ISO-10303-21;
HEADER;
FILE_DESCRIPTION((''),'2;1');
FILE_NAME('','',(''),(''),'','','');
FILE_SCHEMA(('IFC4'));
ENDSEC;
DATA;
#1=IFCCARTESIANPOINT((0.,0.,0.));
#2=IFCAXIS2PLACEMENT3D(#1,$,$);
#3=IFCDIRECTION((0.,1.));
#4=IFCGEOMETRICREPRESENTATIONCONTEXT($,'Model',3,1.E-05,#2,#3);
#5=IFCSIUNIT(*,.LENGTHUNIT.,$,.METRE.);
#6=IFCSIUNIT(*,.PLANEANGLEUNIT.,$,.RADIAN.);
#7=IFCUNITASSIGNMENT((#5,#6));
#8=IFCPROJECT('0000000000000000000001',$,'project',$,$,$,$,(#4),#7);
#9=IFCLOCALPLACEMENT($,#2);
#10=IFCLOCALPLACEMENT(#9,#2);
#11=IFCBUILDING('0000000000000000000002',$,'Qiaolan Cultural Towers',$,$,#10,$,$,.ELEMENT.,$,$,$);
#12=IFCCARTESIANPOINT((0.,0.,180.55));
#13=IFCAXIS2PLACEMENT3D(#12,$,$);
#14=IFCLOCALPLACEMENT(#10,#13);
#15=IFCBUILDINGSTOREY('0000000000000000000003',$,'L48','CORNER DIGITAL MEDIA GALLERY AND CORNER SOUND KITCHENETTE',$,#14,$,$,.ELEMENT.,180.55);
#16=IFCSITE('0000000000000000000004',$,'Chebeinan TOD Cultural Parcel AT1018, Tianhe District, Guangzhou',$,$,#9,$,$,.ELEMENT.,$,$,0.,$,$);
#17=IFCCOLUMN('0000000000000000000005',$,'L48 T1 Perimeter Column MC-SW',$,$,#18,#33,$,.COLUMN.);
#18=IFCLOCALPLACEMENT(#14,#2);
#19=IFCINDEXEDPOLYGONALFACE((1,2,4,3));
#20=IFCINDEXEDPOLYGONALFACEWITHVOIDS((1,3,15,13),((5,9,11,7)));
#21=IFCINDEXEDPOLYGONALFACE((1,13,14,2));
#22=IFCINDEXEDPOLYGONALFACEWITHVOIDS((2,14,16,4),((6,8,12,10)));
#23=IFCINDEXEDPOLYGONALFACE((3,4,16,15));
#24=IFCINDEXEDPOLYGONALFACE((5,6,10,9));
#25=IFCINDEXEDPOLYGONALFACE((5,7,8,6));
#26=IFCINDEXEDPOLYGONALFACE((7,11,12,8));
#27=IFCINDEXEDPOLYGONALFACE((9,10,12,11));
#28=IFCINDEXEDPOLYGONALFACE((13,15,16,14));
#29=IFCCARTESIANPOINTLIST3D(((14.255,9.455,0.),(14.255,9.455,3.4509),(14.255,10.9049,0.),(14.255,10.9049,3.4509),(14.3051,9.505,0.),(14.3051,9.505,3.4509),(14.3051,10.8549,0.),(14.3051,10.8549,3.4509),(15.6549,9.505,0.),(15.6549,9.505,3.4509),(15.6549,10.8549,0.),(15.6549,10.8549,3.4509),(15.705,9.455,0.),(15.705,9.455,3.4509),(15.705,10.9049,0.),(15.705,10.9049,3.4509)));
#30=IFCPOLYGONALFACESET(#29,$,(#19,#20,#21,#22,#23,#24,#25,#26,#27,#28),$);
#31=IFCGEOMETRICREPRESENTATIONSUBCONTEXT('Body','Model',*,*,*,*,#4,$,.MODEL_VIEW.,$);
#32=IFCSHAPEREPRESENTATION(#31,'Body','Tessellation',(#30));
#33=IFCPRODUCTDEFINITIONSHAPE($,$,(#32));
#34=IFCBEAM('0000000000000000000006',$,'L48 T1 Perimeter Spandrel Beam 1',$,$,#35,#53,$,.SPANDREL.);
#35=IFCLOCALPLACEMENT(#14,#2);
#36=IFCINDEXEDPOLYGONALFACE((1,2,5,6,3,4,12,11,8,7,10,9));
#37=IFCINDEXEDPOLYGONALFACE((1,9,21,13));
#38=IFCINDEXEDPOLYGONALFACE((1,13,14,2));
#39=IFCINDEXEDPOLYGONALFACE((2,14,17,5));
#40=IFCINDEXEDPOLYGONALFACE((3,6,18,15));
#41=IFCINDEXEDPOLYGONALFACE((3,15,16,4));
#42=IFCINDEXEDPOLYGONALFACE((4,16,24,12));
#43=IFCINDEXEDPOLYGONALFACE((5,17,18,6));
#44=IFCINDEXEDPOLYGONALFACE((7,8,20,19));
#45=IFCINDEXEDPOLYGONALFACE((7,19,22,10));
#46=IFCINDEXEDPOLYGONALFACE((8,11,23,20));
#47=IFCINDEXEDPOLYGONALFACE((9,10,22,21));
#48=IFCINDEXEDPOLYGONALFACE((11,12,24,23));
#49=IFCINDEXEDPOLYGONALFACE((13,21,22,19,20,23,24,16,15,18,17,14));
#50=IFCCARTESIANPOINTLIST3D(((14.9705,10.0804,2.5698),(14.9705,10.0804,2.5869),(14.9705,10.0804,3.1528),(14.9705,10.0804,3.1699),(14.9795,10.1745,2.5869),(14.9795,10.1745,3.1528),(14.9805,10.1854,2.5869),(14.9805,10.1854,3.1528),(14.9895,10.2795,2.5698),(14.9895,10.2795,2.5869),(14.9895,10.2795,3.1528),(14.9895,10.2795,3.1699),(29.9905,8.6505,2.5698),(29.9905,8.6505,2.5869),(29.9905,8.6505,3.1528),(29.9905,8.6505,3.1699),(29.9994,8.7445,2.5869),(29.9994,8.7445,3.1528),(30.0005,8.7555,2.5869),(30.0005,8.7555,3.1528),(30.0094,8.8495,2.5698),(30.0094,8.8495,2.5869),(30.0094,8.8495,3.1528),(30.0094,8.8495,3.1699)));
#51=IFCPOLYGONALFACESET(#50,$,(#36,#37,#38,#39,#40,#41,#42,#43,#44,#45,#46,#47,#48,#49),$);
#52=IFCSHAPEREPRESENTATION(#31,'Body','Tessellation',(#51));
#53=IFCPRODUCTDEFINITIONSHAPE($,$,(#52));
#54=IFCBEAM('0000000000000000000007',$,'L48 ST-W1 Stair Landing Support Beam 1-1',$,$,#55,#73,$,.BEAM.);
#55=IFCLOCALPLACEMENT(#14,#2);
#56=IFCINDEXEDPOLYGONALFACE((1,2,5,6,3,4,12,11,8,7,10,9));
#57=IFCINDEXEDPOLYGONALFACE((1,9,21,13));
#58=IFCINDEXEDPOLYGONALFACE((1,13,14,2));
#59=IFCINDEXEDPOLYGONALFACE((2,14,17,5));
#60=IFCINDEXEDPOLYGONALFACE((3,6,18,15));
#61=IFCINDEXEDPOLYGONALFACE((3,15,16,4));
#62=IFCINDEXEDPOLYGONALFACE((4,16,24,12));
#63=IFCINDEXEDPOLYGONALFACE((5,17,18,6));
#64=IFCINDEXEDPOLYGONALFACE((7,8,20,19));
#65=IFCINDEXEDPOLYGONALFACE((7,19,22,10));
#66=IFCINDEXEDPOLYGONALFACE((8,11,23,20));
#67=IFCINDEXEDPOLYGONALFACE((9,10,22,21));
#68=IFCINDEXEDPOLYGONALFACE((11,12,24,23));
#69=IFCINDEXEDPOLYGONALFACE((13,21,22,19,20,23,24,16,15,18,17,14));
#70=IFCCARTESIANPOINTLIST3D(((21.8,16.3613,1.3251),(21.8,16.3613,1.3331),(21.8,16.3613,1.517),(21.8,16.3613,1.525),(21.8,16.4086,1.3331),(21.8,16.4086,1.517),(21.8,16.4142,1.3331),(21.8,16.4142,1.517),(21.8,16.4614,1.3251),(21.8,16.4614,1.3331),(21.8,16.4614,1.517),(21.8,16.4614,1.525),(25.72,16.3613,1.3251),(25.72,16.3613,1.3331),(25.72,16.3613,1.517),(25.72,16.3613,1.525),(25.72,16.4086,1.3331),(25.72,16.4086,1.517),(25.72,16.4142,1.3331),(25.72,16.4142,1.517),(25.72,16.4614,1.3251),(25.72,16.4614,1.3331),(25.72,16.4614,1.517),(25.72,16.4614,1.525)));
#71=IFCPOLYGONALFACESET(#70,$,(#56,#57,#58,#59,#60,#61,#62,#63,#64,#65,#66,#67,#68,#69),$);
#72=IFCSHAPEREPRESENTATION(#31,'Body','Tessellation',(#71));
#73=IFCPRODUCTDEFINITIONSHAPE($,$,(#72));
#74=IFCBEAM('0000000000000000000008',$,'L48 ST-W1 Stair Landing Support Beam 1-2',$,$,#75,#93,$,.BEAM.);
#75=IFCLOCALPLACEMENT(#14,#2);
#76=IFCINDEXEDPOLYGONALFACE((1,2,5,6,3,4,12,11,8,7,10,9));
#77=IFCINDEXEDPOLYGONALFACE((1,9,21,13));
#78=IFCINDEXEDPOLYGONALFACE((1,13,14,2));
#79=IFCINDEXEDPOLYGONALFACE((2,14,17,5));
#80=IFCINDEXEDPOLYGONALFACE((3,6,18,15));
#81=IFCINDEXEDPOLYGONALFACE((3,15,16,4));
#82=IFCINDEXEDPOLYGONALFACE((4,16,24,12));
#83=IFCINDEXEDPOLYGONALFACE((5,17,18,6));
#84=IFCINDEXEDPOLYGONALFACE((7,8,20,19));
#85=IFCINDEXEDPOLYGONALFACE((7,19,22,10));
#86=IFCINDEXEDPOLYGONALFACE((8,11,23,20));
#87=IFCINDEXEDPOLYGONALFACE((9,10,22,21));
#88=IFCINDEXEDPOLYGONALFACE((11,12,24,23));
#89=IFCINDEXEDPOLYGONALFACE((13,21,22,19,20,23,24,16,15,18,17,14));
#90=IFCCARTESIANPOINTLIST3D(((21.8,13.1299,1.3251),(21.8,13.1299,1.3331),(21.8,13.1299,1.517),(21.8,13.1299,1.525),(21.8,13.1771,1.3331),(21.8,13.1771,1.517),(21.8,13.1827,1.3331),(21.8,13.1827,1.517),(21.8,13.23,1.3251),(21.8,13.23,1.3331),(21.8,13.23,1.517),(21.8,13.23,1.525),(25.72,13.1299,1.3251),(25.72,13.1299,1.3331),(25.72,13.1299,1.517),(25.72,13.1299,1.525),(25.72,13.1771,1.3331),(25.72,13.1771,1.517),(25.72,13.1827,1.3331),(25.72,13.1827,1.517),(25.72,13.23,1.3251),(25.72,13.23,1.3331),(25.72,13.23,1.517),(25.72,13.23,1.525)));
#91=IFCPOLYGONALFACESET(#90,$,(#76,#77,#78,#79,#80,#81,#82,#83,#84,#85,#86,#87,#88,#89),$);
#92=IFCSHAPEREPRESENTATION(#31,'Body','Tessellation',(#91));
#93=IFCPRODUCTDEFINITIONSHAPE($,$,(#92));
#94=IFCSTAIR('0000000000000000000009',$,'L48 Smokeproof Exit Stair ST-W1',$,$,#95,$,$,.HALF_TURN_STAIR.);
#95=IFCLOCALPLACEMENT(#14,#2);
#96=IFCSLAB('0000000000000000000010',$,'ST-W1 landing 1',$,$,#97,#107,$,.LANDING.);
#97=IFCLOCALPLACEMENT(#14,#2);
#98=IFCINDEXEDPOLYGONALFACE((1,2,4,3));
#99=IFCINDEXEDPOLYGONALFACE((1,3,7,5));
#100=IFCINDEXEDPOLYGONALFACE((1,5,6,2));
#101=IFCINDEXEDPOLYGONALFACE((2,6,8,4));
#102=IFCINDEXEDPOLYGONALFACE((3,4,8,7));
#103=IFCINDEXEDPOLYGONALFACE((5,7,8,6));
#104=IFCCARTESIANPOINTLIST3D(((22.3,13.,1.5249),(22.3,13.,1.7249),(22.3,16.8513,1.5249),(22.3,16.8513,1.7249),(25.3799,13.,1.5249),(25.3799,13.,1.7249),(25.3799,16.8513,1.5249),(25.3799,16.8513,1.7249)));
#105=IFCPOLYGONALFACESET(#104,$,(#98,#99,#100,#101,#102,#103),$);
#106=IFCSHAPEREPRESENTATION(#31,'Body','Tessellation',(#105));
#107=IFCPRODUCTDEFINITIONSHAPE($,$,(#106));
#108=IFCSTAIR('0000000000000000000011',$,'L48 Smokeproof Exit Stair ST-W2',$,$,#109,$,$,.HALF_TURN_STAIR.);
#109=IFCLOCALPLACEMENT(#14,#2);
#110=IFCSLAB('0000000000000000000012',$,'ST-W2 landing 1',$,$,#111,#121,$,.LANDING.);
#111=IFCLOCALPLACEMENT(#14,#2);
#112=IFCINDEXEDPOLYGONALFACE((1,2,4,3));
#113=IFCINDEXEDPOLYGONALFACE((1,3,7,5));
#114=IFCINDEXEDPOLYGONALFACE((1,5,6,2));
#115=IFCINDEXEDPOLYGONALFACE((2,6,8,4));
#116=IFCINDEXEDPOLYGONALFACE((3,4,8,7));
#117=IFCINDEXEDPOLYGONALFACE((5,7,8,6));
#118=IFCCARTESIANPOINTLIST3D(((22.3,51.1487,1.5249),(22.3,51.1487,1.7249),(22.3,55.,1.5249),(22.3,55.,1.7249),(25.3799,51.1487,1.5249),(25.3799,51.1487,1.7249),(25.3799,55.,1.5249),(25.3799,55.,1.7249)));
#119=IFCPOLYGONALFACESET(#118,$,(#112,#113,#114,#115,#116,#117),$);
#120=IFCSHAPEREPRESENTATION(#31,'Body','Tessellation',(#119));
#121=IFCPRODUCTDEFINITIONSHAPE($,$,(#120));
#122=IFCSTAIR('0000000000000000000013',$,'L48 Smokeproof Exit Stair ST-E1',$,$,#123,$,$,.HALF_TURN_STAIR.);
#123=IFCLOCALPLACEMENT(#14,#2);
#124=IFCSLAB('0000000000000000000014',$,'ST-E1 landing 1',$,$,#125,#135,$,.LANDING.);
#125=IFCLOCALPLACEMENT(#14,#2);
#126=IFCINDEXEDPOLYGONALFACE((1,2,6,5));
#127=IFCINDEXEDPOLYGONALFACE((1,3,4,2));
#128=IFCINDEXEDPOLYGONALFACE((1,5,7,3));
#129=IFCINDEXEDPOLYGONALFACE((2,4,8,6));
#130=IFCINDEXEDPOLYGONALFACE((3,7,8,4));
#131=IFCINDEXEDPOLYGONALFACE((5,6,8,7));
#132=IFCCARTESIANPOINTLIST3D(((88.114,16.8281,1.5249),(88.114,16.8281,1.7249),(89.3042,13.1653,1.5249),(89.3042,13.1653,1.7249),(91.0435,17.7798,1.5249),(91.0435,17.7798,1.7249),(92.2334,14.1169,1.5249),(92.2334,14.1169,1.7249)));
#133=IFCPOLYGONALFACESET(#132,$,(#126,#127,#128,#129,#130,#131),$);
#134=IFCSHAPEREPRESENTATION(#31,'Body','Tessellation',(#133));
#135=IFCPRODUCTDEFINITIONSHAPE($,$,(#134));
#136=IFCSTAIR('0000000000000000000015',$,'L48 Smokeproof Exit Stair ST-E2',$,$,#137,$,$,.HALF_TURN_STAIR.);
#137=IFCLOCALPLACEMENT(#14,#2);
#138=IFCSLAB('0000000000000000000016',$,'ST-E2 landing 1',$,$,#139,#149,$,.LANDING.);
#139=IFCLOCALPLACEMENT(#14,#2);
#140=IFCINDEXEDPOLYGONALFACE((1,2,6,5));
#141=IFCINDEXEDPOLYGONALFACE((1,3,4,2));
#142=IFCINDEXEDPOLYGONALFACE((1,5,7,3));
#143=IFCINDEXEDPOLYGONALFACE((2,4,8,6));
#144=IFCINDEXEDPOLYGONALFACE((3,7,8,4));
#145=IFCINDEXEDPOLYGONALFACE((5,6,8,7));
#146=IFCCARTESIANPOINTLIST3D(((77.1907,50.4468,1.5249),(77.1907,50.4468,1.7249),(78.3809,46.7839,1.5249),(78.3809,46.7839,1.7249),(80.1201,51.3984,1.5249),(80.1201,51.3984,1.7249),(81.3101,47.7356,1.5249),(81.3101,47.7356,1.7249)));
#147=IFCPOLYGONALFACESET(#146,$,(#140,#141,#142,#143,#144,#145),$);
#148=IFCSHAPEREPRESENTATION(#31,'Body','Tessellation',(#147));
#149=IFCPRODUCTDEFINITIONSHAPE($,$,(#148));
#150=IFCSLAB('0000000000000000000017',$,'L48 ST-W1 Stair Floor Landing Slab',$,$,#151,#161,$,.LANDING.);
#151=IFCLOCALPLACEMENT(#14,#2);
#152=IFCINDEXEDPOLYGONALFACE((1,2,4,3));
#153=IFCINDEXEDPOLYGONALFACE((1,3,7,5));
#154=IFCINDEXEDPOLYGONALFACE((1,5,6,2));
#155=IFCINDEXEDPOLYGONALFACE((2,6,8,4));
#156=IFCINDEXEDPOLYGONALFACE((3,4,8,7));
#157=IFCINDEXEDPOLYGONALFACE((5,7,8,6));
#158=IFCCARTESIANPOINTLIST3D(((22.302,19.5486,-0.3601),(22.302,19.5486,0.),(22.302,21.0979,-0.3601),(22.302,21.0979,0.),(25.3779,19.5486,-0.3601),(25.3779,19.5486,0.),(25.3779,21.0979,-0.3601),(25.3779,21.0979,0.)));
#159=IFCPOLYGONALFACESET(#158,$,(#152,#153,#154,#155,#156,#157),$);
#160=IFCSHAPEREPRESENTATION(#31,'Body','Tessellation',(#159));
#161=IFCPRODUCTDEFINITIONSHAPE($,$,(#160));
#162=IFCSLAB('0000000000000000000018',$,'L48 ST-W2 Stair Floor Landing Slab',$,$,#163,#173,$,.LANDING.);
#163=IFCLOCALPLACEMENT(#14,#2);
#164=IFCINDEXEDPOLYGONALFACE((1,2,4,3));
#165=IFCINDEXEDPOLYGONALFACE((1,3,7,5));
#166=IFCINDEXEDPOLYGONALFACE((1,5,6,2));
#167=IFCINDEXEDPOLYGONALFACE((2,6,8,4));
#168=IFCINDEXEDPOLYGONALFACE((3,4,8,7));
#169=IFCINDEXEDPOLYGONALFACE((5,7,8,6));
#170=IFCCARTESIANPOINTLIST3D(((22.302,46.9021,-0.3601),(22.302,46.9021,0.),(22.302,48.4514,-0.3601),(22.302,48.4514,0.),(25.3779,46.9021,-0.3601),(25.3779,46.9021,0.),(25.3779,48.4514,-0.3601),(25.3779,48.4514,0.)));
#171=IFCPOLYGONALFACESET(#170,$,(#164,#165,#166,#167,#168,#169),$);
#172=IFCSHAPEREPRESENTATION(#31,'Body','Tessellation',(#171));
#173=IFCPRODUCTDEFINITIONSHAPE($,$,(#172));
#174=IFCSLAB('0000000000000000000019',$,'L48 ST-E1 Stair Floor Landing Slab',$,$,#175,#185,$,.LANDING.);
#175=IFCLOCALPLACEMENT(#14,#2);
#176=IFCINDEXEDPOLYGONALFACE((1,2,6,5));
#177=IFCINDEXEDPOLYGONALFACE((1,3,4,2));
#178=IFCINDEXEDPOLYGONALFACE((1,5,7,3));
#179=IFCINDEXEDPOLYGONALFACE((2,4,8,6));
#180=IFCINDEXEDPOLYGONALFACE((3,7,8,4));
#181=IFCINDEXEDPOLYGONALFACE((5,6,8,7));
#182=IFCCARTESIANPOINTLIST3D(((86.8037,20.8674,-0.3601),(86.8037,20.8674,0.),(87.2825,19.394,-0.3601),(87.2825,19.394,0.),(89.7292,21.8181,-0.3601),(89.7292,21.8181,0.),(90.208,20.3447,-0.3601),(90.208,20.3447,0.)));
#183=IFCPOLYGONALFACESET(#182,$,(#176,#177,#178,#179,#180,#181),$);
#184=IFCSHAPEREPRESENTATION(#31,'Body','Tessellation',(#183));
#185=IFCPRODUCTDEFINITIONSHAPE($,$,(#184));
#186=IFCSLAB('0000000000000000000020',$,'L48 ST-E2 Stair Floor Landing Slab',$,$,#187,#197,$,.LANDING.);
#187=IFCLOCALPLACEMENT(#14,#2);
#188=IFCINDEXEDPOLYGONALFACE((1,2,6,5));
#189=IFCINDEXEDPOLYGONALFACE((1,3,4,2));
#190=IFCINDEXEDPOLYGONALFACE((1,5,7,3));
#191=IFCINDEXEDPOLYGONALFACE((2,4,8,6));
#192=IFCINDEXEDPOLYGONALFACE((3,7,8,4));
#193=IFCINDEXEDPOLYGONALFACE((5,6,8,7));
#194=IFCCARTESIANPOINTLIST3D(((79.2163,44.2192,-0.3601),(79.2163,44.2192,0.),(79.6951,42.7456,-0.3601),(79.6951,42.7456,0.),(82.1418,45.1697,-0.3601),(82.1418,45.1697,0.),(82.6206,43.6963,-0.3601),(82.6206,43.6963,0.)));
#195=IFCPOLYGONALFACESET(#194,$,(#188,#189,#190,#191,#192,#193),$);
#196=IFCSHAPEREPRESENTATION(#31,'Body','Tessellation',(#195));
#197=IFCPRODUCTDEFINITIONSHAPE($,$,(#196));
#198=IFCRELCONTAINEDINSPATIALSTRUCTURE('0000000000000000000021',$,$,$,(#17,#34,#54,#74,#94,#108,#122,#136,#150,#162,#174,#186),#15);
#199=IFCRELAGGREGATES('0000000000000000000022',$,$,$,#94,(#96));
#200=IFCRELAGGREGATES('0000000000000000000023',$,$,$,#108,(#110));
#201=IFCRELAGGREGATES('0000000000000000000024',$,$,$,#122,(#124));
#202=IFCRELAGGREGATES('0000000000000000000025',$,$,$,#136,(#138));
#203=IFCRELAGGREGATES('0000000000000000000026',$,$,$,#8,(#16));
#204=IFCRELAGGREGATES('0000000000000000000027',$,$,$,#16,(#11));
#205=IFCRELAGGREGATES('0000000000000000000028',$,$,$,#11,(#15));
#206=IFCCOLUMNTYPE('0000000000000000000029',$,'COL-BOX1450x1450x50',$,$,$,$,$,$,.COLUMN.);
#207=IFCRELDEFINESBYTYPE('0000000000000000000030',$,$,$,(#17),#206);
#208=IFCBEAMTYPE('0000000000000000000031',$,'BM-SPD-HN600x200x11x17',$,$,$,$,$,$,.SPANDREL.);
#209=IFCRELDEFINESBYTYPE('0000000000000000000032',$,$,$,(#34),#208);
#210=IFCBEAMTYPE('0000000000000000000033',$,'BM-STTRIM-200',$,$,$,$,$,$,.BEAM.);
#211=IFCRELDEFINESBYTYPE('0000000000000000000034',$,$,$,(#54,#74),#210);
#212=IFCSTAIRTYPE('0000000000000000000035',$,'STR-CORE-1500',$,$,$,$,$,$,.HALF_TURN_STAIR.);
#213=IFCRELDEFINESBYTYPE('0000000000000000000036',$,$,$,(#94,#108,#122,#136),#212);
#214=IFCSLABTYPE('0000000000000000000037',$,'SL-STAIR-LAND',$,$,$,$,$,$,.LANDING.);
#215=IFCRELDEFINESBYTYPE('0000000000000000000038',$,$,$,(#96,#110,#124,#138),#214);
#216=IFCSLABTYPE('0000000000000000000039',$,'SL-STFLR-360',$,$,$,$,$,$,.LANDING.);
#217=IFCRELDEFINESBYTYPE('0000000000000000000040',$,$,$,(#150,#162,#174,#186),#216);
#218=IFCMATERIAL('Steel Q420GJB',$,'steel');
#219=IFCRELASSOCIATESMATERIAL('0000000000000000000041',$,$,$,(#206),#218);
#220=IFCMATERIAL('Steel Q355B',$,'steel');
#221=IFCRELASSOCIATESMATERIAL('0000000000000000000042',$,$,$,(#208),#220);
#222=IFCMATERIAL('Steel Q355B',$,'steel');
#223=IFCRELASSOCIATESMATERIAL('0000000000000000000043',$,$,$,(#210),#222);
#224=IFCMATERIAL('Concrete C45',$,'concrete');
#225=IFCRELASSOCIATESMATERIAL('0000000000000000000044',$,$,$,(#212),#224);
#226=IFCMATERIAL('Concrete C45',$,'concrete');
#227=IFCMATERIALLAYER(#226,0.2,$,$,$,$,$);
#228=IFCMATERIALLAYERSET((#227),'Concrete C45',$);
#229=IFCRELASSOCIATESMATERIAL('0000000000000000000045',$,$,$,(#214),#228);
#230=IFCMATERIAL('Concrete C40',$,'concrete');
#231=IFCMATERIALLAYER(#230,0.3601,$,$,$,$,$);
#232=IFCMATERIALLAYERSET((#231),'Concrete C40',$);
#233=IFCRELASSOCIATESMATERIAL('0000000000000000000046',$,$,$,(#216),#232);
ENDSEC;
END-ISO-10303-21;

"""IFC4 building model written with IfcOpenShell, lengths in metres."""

from ifc_helpers import new_model, si_unit, direction, frame, origin, origin_2d, place, context, subcontext, project, spatial, polyline, hollow_rectangle, i_section, outline, extrude, material, layer, layer_set, material_profile, profile_set, type_object, element, aggregate, save


model = new_model("IFC4")

# Units and contexts
model_context = context("Model", 3, precision=1e-05, world=origin(), true_north=direction((0.0, 1.0)))
body_context = subcontext(model_context, "Body", "Model", "MODEL_VIEW")
ifc_project = project(units=[si_unit("LENGTHUNIT", "METRE"), si_unit("PLANEANGLEUNIT", "RADIAN")], contexts=[model_context])

# Site, building, storey
site_placement = place(None, origin())
site = spatial("IfcSite", under=ifc_project, at=site_placement, Name="Chebeinan TOD Cultural Parcel AT1018, Tianhe District, Guangzhou", CompositionType="ELEMENT", RefElevation=0.0)
building_placement = place(site_placement, origin())
building = spatial("IfcBuilding", under=site, at=building_placement, Name="Qiaolan Cultural Towers", CompositionType="ELEMENT")
storey_placement = place(building_placement, frame((0.0, 0.0, 180.55)))
storey = spatial("IfcBuildingStorey", under=building, at=storey_placement, Name="L48", Description="CORNER DIGITAL MEDIA GALLERY AND CORNER SOUND KITCHENETTE", CompositionType="ELEMENT", Elevation=180.55)

# Column
ifc_material_1 = material(Name="Steel Q420GJB", Category="steel")
ifc_material_profile_1 = material_profile(ifc_material_1, hollow_rectangle(XDim=1.45, YDim=1.45, WallThickness=0.05, at=origin_2d()), Name="BOX1450x1450x50")
ifc_profile_set_1 = profile_set([ifc_material_profile_1], Name="Steel Q420GJB")
column_type = type_object("IfcColumnType", Name="COL-BOX1450x1450x50", PredefinedType="COLUMN", material=ifc_profile_set_1)
column_placement = place(storey_placement, frame((14.98, 10.1799, 0.0), z_axis=(0.0, 0.0, 1.0), x_axis=(1.0, 0.0, 0.0)))
element("IfcColumn", 1, at=column_placement, inside=storey, type_object=column_type, Name="L48 T1 Perimeter Column MC-SW", PredefinedType="COLUMN", context=body_context, shape_type="SweptSolid", body=[
    extrude(hollow_rectangle(XDim=1.45, YDim=1.45, WallThickness=0.05, at=origin_2d()), origin(), (0.0, 0.0, 1.0), 3.4509),
])

# Beams
ifc_material_2 = material(Name="Steel Q355B", Category="steel")
ifc_material_profile_2 = material_profile(ifc_material_2, i_section(OverallWidth=0.2, OverallDepth=0.6001, WebThickness=0.011, FlangeThickness=0.0171, at=origin_2d()), Name="HN600x200x11x17")
ifc_profile_set_2 = profile_set([ifc_material_profile_2], Name="Steel Q355B")
beam_type_1 = type_object("IfcBeamType", Name="BM-SPD-HN600x200x11x17", PredefinedType="SPANDREL", material=ifc_profile_set_2)
beam_placement = place(storey_placement, frame((14.98, 10.1799, 2.8699), z_axis=(0.995499, -0.094773, 0.0), x_axis=(0.094773, 0.995499, 0.0)))
element("IfcBeam", 2, at=beam_placement, inside=storey, type_object=beam_type_1, Name="L48 T1 Perimeter Spandrel Beam 1", PredefinedType="SPANDREL", context=body_context, shape_type="SweptSolid", body=[
    extrude(i_section(OverallWidth=0.2, OverallDepth=0.6001, WebThickness=0.011, FlangeThickness=0.0171, at=origin_2d()), origin(), (0.0, 0.0, 1.0), 15.0879),
])
ifc_material_3 = material(Name="Steel Q355B", Category="steel")
ifc_material_profile_3 = material_profile(ifc_material_3, i_section(OverallWidth=0.1001, OverallDepth=0.2, WebThickness=0.0056, FlangeThickness=0.0081, at=origin_2d()), Name="HN200x100x5.5x8")
ifc_profile_set_3 = profile_set([ifc_material_profile_3], Name="Steel Q355B")
beam_type_2 = type_object("IfcBeamType", Name="BM-STTRIM-200", PredefinedType="BEAM", material=ifc_profile_set_3)
for number, where, z_axis, x_axis, name in (
    (3, (21.8, 16.4114, 1.425), (1.0, 0.0, 0.0), (0.0, 1.0, 0.0), "L48 ST-W1 Stair Landing Support Beam 1-1"),
    (4, (21.8, 13.1799, 1.425), (1.0, 0.0, 0.0), (0.0, 1.0, 0.0), "L48 ST-W1 Stair Landing Support Beam 1-2"),
):
    element("IfcBeam", number, at=place(storey_placement, frame(where, z_axis=z_axis, x_axis=x_axis)), inside=storey, type_object=beam_type_2, Name=name, PredefinedType="BEAM", context=body_context, shape_type="SweptSolid", body=[
        extrude(i_section(OverallWidth=0.1001, OverallDepth=0.2, WebThickness=0.0056, FlangeThickness=0.0081, at=origin_2d()), origin(), (0.0, 0.0, 1.0), 3.9199),
    ])

# Stairs, slabs
ifc_material_4 = material(Name="Concrete C45", Category="concrete")
stair_type = type_object("IfcStairType", Name="STR-CORE-1500", PredefinedType="HALF_TURN_STAIR", material=ifc_material_4)
stair_1_placement = place(storey_placement, origin())
stair_1 = element("IfcStair", 5, at=stair_1_placement, inside=storey, type_object=stair_type, Name="L48 Smokeproof Exit Stair ST-W1", PredefinedType="HALF_TURN_STAIR")
ifc_material_5 = material(Name="Concrete C45", Category="concrete")
ifc_layer_1 = layer(ifc_material_5, 0.2)
ifc_layer_set_1 = layer_set([ifc_layer_1], Name="Concrete C45")
slab_type_1 = type_object("IfcSlabType", Name="SL-STAIR-LAND", PredefinedType="LANDING", material=ifc_layer_set_1)
slab_1_placement = place(storey_placement, frame((0.0, 0.0, 1.5249)))
slab_1 = element("IfcSlab", 6, at=slab_1_placement, type_object=slab_type_1, Name="ST-W1 landing 1", PredefinedType="LANDING", context=body_context, shape_type="SweptSolid", body=[
    extrude(outline(polyline([(22.3, 16.8513), (22.3, 13.0), (25.3799, 13.0), (25.3799, 16.8513), (22.3, 16.8513)])), origin(), (0.0, 0.0, 1.0), 0.2),
])
aggregate(stair_1, [slab_1])
stair_2_placement = place(storey_placement, origin())
stair_2 = element("IfcStair", 7, at=stair_2_placement, inside=storey, type_object=stair_type, Name="L48 Smokeproof Exit Stair ST-W2", PredefinedType="HALF_TURN_STAIR")
slab_2_placement = place(storey_placement, frame((0.0, 0.0, 1.5249)))
slab_2 = element("IfcSlab", 8, at=slab_2_placement, type_object=slab_type_1, Name="ST-W2 landing 1", PredefinedType="LANDING", context=body_context, shape_type="SweptSolid", body=[
    extrude(outline(polyline([(25.3799, 51.1487), (25.3799, 55.0), (22.3, 55.0), (22.3, 51.1487), (25.3799, 51.1487)])), origin(), (0.0, 0.0, 1.0), 0.2),
])
aggregate(stair_2, [slab_2])
stair_3_placement = place(storey_placement, origin())
stair_3 = element("IfcStair", 9, at=stair_3_placement, inside=storey, type_object=stair_type, Name="L48 Smokeproof Exit Stair ST-E1", PredefinedType="HALF_TURN_STAIR")
slab_3_placement = place(storey_placement, frame((0.0, 0.0, 1.5249)))
slab_3 = element("IfcSlab", 10, at=slab_3_placement, type_object=slab_type_1, Name="ST-E1 landing 1", PredefinedType="LANDING", context=body_context, shape_type="SweptSolid", body=[
    extrude(outline(polyline([(88.114, 16.8281), (89.3042, 13.1653), (92.2334, 14.1169), (91.0435, 17.7798), (88.114, 16.8281)])), origin(), (0.0, 0.0, 1.0), 0.2),
])
aggregate(stair_3, [slab_3])
stair_4_placement = place(storey_placement, origin())
stair_4 = element("IfcStair", 11, at=stair_4_placement, inside=storey, type_object=stair_type, Name="L48 Smokeproof Exit Stair ST-E2", PredefinedType="HALF_TURN_STAIR")
slab_4_placement = place(storey_placement, frame((0.0, 0.0, 1.5249)))
slab_4 = element("IfcSlab", 12, at=slab_4_placement, type_object=slab_type_1, Name="ST-E2 landing 1", PredefinedType="LANDING", context=body_context, shape_type="SweptSolid", body=[
    extrude(outline(polyline([(81.3101, 47.7356), (80.1201, 51.3984), (77.1907, 50.4468), (78.3809, 46.7839), (81.3101, 47.7356)])), origin(), (0.0, 0.0, 1.0), 0.2),
])
aggregate(stair_4, [slab_4])

# Slabs
ifc_material_6 = material(Name="Concrete C40", Category="concrete")
ifc_layer_2 = layer(ifc_material_6, 0.3601)
ifc_layer_set_2 = layer_set([ifc_layer_2], Name="Concrete C40")
slab_type_2 = type_object("IfcSlabType", Name="SL-STFLR-360", PredefinedType="LANDING", material=ifc_layer_set_2)
slab_5_placement = place(storey_placement, frame((0.0, 0.0, -0.3601)))
element("IfcSlab", 13, at=slab_5_placement, inside=storey, type_object=slab_type_2, Name="L48 ST-W1 Stair Floor Landing Slab", PredefinedType="LANDING", context=body_context, shape_type="SweptSolid", body=[
    extrude(outline(polyline([(22.302, 21.0979), (22.302, 19.5486), (25.3779, 19.5486), (25.3779, 21.0979), (22.302, 21.0979)])), origin(), (0.0, 0.0, 1.0), 0.3601),
])
slab_6_placement = place(storey_placement, frame((0.0, 0.0, -0.3601)))
element("IfcSlab", 14, at=slab_6_placement, inside=storey, type_object=slab_type_2, Name="L48 ST-W2 Stair Floor Landing Slab", PredefinedType="LANDING", context=body_context, shape_type="SweptSolid", body=[
    extrude(outline(polyline([(25.3779, 46.9021), (25.3779, 48.4514), (22.302, 48.4514), (22.302, 46.9021), (25.3779, 46.9021)])), origin(), (0.0, 0.0, 1.0), 0.3601),
])
slab_7_placement = place(storey_placement, frame((0.0, 0.0, -0.3601)))
element("IfcSlab", 15, at=slab_7_placement, inside=storey, type_object=slab_type_2, Name="L48 ST-E1 Stair Floor Landing Slab", PredefinedType="LANDING", context=body_context, shape_type="SweptSolid", body=[
    extrude(outline(polyline([(86.8037, 20.8674), (87.2825, 19.394), (90.208, 20.3447), (89.7292, 21.8181), (86.8037, 20.8674)])), origin(), (0.0, 0.0, 1.0), 0.3601),
])
slab_8_placement = place(storey_placement, frame((0.0, 0.0, -0.3601)))
element("IfcSlab", 16, at=slab_8_placement, inside=storey, type_object=slab_type_2, Name="L48 ST-E2 Stair Floor Landing Slab", PredefinedType="LANDING", context=body_context, shape_type="SweptSolid", body=[
    extrude(outline(polyline([(82.6206, 43.6963), (82.1418, 45.1697), (79.2163, 44.2192), (79.6951, 42.7456), (82.6206, 43.6963)])), origin(), (0.0, 0.0, 1.0), 0.3601),
])

save(model, "model.ifc")
